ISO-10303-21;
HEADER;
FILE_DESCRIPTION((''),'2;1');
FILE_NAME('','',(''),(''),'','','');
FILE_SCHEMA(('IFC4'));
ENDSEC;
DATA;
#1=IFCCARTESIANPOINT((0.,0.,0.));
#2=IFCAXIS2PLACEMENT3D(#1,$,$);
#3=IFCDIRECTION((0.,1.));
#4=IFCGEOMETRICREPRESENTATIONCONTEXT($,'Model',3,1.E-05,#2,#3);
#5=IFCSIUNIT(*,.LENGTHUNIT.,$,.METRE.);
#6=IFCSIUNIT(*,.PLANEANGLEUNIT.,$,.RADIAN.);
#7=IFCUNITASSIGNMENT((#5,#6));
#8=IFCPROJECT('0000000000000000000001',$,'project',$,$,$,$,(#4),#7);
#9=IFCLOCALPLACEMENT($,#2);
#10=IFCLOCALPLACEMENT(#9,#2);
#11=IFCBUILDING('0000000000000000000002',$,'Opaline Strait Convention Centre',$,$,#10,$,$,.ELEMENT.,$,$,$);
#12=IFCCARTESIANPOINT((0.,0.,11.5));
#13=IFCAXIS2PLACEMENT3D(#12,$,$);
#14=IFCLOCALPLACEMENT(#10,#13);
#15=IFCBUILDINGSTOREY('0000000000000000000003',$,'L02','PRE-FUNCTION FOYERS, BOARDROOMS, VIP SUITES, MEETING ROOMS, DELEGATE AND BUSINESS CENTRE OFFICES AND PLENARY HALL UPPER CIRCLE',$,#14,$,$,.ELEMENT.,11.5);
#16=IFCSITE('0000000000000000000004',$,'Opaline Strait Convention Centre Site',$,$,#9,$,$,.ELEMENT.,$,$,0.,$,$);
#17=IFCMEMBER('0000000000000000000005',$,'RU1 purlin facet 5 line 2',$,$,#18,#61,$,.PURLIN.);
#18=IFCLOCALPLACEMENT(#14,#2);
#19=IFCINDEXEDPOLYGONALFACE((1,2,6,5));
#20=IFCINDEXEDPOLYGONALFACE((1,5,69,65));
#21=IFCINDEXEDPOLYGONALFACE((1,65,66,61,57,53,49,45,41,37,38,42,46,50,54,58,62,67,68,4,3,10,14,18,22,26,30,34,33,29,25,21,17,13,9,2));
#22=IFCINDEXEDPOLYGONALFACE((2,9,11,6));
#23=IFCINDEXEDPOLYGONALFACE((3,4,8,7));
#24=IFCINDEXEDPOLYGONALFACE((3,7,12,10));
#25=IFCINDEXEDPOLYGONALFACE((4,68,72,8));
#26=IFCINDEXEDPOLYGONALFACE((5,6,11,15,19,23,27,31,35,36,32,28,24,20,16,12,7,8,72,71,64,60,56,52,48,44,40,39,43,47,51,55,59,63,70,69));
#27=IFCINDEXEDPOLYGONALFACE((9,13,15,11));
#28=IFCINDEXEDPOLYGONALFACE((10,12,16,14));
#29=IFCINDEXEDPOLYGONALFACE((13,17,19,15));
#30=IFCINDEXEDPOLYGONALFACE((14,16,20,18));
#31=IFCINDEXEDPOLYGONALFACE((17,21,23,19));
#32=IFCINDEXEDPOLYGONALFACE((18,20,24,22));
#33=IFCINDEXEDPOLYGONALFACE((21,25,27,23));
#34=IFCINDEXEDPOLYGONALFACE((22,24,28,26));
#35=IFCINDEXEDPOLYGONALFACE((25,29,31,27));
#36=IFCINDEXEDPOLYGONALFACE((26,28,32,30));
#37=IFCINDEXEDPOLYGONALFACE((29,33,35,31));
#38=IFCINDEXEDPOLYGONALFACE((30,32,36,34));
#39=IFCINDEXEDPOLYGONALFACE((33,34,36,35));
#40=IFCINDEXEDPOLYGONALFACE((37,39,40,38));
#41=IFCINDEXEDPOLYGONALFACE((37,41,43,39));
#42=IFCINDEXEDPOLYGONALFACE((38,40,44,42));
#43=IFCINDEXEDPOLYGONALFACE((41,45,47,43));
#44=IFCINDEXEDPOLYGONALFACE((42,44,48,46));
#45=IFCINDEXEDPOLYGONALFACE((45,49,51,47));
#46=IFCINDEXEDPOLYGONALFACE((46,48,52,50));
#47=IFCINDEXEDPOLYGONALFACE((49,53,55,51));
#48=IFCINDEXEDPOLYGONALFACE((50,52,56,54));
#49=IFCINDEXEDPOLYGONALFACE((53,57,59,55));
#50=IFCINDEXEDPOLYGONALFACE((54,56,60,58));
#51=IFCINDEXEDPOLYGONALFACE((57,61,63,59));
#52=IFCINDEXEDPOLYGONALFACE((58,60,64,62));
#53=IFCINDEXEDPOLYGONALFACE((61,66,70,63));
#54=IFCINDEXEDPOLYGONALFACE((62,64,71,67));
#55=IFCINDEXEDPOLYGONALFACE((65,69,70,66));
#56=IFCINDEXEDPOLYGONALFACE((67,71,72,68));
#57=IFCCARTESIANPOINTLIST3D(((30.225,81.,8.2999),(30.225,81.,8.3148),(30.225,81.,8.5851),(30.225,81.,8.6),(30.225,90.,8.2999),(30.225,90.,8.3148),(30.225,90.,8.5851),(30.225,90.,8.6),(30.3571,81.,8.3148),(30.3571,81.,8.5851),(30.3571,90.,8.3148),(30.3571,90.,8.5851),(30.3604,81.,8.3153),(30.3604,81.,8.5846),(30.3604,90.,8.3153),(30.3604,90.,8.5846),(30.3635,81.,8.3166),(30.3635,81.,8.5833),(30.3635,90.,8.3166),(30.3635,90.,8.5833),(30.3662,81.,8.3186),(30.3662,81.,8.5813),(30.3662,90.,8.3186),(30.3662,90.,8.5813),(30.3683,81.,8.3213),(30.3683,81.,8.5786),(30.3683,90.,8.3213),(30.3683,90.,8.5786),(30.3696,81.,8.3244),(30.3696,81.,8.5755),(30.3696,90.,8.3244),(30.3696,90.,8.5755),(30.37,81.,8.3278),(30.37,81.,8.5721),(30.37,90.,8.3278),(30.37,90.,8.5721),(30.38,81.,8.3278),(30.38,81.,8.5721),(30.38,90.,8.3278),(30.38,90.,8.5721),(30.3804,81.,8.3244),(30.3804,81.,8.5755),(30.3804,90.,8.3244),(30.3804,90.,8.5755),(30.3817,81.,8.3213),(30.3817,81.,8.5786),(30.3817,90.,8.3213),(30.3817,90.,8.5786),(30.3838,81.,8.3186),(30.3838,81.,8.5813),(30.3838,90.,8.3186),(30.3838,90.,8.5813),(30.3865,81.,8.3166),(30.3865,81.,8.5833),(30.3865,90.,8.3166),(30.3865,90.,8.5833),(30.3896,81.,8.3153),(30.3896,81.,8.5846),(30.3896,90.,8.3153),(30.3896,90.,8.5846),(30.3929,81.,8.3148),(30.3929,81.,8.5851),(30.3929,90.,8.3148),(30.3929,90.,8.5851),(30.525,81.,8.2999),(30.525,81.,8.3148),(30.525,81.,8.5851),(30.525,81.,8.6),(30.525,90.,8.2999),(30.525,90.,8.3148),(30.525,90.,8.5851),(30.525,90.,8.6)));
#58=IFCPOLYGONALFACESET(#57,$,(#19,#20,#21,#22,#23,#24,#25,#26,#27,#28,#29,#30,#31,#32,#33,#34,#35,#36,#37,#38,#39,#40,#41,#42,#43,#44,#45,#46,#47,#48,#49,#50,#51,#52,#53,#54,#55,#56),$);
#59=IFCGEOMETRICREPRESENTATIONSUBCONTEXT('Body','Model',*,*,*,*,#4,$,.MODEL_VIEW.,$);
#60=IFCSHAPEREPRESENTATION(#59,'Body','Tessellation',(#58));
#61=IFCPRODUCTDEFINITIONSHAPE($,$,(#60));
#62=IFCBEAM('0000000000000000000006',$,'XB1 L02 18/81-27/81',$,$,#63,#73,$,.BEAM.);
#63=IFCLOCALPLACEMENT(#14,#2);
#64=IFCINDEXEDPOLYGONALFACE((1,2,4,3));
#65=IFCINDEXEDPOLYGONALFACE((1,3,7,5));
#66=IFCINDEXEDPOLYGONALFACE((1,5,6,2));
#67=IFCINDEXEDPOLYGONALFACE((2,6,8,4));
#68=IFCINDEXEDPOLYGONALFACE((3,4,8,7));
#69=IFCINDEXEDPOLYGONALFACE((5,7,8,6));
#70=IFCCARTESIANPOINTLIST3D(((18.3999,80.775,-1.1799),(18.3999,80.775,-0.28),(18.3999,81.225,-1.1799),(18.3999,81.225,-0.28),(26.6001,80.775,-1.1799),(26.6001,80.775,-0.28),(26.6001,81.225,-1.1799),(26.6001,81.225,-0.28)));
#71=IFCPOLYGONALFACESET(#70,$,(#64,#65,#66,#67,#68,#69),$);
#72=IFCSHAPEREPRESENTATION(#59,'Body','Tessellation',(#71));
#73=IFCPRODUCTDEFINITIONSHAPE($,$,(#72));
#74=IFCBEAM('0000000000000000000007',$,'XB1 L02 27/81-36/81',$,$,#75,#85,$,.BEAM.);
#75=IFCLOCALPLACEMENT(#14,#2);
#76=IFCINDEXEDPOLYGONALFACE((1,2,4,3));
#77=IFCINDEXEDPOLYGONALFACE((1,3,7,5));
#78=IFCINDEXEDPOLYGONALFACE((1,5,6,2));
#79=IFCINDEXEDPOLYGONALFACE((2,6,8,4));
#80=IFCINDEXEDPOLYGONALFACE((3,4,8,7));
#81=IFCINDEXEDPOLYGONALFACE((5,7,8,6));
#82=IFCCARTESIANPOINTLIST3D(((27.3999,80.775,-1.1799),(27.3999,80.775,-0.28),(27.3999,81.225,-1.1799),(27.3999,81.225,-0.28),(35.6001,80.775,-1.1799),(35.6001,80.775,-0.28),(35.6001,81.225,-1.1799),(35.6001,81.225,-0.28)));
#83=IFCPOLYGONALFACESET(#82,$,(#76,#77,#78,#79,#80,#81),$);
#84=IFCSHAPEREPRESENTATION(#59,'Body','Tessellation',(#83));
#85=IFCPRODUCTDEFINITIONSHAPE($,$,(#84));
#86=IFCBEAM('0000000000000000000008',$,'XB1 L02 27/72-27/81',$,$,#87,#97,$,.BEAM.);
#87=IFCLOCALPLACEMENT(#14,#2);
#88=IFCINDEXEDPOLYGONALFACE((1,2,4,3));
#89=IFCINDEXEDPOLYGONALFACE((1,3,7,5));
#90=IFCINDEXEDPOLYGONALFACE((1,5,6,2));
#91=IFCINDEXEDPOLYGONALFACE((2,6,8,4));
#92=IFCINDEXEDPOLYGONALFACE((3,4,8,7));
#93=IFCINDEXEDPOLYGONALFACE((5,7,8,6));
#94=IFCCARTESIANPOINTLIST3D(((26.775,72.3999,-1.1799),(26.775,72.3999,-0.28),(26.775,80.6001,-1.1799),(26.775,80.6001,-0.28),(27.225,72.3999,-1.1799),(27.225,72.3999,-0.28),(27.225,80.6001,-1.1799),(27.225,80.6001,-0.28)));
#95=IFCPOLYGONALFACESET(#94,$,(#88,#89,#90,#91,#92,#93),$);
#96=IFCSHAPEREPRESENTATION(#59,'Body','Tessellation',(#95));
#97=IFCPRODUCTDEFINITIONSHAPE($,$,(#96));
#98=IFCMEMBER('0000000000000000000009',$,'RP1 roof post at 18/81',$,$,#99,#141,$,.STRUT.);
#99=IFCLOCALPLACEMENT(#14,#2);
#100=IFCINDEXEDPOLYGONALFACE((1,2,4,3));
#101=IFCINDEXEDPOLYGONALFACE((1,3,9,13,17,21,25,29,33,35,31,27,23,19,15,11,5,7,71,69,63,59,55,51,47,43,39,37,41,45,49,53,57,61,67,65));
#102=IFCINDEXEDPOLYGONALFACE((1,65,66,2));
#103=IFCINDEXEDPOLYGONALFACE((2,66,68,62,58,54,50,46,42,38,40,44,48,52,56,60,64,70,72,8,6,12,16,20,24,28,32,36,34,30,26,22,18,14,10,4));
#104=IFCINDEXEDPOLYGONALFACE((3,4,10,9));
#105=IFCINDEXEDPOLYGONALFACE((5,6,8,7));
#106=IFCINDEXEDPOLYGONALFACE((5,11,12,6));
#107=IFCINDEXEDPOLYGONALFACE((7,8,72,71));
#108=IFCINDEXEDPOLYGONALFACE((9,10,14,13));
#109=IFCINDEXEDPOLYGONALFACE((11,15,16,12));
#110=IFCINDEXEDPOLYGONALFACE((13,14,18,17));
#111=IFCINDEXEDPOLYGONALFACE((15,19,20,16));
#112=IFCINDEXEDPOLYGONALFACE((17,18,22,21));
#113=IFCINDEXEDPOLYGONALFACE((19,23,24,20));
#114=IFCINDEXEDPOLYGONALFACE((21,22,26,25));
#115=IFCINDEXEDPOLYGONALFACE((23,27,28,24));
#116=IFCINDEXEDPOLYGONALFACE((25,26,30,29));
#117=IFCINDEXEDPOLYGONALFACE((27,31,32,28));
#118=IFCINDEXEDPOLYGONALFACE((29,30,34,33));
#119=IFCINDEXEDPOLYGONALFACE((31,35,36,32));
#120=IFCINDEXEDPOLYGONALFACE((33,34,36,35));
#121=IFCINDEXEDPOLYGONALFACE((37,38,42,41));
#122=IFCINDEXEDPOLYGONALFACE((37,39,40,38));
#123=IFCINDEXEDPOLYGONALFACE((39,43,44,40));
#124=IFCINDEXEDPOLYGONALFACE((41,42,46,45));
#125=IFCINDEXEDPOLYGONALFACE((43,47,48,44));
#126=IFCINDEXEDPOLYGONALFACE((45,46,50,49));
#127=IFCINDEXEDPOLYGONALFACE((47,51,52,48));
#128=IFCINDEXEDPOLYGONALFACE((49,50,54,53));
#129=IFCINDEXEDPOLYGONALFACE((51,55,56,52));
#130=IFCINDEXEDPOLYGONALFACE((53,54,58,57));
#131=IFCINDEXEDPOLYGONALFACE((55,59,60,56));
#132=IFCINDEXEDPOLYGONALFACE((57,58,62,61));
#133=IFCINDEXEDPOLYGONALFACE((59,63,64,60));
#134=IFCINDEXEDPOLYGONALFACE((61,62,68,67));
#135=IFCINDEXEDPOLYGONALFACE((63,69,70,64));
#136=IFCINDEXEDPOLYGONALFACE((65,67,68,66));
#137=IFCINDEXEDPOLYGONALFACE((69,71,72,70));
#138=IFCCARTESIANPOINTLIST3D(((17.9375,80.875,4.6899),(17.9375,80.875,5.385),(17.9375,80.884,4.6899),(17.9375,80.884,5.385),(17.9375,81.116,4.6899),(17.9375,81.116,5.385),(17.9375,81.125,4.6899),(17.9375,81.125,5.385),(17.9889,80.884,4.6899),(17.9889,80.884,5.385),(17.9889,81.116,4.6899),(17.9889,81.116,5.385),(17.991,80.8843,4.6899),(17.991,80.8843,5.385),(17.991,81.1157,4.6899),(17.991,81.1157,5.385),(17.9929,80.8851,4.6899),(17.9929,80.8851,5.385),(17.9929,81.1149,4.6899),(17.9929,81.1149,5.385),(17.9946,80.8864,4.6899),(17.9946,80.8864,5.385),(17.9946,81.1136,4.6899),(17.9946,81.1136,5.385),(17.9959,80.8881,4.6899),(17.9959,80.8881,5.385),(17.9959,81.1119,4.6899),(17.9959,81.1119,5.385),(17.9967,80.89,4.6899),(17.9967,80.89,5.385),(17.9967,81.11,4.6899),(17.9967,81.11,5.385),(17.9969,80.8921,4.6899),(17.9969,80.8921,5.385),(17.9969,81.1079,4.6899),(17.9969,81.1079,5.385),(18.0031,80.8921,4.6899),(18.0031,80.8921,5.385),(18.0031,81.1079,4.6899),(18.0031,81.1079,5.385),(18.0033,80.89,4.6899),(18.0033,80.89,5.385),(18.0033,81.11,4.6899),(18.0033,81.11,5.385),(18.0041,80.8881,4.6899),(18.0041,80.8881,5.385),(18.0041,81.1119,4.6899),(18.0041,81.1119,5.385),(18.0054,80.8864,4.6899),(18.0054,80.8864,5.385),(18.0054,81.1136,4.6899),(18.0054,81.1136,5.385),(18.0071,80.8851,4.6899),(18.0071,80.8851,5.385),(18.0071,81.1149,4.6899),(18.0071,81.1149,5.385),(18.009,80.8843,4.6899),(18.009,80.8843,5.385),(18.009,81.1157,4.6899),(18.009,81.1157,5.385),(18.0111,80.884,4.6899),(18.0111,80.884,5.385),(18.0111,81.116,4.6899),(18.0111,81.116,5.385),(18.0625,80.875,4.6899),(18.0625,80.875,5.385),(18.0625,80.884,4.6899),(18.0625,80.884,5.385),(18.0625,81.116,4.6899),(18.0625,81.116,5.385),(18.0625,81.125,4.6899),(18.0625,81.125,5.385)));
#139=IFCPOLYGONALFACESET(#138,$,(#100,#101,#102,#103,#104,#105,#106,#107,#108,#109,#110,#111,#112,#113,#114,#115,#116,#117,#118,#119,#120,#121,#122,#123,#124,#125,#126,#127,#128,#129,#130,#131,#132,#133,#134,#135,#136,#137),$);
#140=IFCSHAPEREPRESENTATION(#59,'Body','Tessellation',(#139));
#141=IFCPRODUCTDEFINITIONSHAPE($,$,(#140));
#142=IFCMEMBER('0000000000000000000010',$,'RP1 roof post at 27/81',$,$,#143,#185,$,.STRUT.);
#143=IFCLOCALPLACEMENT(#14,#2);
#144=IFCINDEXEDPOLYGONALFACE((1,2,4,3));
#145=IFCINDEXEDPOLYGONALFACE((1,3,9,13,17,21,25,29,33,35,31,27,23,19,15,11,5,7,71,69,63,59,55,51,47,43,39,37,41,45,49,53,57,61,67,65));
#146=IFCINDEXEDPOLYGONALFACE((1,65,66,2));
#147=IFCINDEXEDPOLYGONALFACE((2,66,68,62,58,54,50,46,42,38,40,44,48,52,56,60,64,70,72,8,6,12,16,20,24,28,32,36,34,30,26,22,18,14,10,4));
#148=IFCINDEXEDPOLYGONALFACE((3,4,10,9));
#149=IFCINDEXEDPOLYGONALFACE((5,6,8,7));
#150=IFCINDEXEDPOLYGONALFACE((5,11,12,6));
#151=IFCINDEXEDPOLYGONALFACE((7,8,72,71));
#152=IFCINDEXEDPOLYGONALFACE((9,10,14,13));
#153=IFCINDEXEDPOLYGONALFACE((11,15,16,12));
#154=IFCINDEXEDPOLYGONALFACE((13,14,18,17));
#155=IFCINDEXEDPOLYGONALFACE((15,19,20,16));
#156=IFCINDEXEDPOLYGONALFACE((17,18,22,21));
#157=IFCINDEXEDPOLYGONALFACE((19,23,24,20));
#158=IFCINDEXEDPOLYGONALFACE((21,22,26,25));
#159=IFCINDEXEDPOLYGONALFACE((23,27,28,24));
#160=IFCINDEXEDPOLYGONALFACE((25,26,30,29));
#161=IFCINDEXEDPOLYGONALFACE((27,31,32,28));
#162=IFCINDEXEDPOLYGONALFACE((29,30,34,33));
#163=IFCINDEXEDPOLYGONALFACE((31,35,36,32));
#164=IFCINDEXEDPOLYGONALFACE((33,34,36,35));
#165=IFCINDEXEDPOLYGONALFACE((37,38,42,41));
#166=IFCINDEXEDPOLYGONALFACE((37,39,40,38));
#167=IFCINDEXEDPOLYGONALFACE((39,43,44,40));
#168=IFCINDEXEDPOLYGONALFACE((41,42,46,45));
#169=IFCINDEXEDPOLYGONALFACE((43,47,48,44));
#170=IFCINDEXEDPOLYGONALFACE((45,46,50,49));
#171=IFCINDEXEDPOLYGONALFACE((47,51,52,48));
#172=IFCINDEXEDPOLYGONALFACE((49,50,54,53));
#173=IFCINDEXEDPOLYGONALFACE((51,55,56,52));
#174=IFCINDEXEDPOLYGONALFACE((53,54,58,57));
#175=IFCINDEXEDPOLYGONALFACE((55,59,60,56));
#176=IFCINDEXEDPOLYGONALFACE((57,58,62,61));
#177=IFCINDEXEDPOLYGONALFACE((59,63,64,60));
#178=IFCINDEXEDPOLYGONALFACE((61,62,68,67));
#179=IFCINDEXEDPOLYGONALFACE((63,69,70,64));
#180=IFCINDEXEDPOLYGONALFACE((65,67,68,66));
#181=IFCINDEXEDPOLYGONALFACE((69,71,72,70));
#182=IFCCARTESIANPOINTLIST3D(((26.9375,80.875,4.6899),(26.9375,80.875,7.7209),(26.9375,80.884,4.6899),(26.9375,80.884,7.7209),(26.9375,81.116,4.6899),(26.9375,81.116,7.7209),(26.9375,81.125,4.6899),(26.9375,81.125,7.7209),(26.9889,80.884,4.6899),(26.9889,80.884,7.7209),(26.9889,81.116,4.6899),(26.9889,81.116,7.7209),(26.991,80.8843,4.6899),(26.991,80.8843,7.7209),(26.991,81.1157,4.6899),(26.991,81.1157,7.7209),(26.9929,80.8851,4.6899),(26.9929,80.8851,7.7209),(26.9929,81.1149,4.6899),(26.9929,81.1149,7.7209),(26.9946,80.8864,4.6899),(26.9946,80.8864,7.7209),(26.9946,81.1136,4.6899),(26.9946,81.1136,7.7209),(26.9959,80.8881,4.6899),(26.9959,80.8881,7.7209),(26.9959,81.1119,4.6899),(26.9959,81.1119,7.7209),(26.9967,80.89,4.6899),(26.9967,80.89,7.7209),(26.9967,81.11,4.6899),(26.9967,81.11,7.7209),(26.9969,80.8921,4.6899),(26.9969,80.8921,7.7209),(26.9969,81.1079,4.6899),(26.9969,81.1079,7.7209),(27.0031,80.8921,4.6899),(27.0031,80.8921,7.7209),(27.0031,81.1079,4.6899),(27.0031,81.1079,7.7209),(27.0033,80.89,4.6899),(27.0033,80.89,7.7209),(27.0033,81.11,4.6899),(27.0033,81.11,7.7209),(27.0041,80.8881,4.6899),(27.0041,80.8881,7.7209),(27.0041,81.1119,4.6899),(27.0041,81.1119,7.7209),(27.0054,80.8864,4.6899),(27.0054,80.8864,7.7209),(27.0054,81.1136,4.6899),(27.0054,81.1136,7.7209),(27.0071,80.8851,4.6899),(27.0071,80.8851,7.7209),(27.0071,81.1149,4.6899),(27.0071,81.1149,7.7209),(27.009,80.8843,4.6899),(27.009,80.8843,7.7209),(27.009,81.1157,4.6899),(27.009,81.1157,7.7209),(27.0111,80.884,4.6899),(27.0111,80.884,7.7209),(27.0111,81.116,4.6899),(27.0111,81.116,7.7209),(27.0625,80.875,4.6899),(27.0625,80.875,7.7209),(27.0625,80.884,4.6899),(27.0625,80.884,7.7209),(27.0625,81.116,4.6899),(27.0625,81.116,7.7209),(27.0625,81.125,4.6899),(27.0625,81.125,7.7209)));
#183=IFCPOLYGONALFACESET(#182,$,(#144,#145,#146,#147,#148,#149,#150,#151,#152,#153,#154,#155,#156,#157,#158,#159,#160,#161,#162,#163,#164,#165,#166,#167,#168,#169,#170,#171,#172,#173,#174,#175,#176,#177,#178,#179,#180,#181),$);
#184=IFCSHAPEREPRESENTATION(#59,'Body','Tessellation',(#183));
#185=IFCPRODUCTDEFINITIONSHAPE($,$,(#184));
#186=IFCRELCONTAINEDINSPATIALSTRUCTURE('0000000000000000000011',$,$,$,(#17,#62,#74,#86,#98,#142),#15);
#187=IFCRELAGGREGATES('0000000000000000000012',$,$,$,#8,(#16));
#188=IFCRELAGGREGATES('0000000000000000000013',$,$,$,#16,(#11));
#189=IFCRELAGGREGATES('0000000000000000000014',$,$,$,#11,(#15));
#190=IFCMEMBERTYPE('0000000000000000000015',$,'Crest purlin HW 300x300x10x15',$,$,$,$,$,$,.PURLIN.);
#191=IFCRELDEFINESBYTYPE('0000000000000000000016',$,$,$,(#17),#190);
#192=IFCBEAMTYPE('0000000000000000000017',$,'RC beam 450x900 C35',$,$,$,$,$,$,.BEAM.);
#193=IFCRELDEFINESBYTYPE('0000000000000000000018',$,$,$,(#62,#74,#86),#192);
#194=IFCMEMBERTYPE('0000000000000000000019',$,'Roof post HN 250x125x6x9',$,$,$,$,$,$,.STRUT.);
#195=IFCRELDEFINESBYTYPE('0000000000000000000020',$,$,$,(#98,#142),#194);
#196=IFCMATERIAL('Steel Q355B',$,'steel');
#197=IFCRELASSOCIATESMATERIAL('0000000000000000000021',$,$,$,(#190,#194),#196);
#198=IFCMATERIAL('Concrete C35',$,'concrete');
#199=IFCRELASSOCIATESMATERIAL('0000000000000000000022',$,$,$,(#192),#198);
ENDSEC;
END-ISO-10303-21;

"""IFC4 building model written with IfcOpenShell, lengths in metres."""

from ifc_helpers import new_model, si_unit, direction, frame, origin, origin_2d, place, context, subcontext, project, spatial, rectangle, i_section, extrude, material, material_profile, profile_set, type_object, element, save


model = new_model("IFC4")

# Units and contexts
model_context = context("Model", 3, precision=1e-05, world=origin(), true_north=direction((0.0, 1.0)))
body_context = subcontext(model_context, "Body", "Model", "MODEL_VIEW")
ifc_project = project(units=[si_unit("LENGTHUNIT", "METRE"), si_unit("PLANEANGLEUNIT", "RADIAN")], contexts=[model_context])

# Site, building, storey
site_placement = place(None, origin())
site = spatial("IfcSite", under=ifc_project, at=site_placement, Name="Opaline Strait Convention Centre Site", CompositionType="ELEMENT", RefElevation=0.0)
building_placement = place(site_placement, origin())
building = spatial("IfcBuilding", under=site, at=building_placement, Name="Opaline Strait Convention Centre", CompositionType="ELEMENT")
storey_placement = place(building_placement, frame((0.0, 0.0, 11.5)))
storey = spatial("IfcBuildingStorey", under=building, at=storey_placement, Name="L02", Description="PRE-FUNCTION FOYERS, BOARDROOMS, VIP SUITES, MEETING ROOMS, DELEGATE AND BUSINESS CENTRE OFFICES AND PLENARY HALL UPPER CIRCLE", CompositionType="ELEMENT", Elevation=11.5)

# Member
ifc_material_1 = material(Name="Steel Q355B", Category="steel")
ifc_material_profile_1 = material_profile(ifc_material_1, i_section(OverallWidth=0.3, OverallDepth=0.3, WebThickness=0.01, FlangeThickness=0.0149, FilletRadius=0.0129, at=origin_2d()), Name="HW 300x300x10x15")
ifc_profile_set_1 = profile_set([ifc_material_profile_1], Name="Steel Q355B")
member_type_1 = type_object("IfcMemberType", Name="Crest purlin HW 300x300x10x15", PredefinedType="PURLIN", material=ifc_profile_set_1)
for number, where, z_axis, x_axis, name in (
    (1, (30.375, 81.0, 8.45), (0.0, 1.0, 0.0), (-1.0, 0.0, 0.0), "RU1 purlin facet 5 line 2"),
):
    element("IfcMember", number, at=place(storey_placement, frame(where, z_axis=z_axis, x_axis=x_axis)), inside=storey, type_object=member_type_1, Name=name, PredefinedType="PURLIN", context=body_context, shape_type="SweptSolid", body=[
        extrude(i_section(OverallWidth=0.3, OverallDepth=0.3, WebThickness=0.01, FlangeThickness=0.0149, FilletRadius=0.0129, at=origin_2d()), origin(), (0.0, 0.0, 1.0), 9.0),
    ])

# Beams
ifc_material_2 = material(Name="Concrete C35", Category="concrete")
ifc_material_profile_2 = material_profile(ifc_material_2, rectangle(XDim=0.45, YDim=0.8999, at=origin_2d()), Name="RC 450x900")
ifc_profile_set_2 = profile_set([ifc_material_profile_2], Name="Concrete C35")
beam_type = type_object("IfcBeamType", Name="RC beam 450x900 C35", PredefinedType="BEAM", material=ifc_profile_set_2)
for number, where, z_axis, x_axis, name in (
    (2, (18.3999, 81.0, -0.73), (1.0, 0.0, 0.0), (0.0, 1.0, 0.0), "XB1 L02 18/81-27/81"),
    (3, (27.3999, 81.0, -0.73), (1.0, 0.0, 0.0), (0.0, 1.0, 0.0), "XB1 L02 27/81-36/81"),
    (4, (27.0, 72.3999, -0.73), (0.0, 1.0, 0.0), (-1.0, 0.0, 0.0), "XB1 L02 27/72-27/81"),
):
    element("IfcBeam", number, at=place(storey_placement, frame(where, z_axis=z_axis, x_axis=x_axis)), inside=storey, type_object=beam_type, Name=name, PredefinedType="BEAM", context=body_context, shape_type="SweptSolid", body=[
        extrude(rectangle(XDim=0.45, YDim=0.8999, at=origin_2d()), origin(), (0.0, 0.0, 1.0), 8.2002),
    ])

# Members
ifc_material_profile_3 = material_profile(ifc_material_1, i_section(OverallWidth=0.125, OverallDepth=0.25, WebThickness=0.0061, FlangeThickness=0.009, FilletRadius=0.0081, at=origin_2d()), Name="HN 250x125x6x9")
ifc_profile_set_3 = profile_set([ifc_material_profile_3], Name="Steel Q355B")
member_type_2 = type_object("IfcMemberType", Name="Roof post HN 250x125x6x9", PredefinedType="STRUT", material=ifc_profile_set_3)
member_1_placement = place(storey_placement, frame((18.0, 81.0, 4.6899), z_axis=(0.0, 0.0, 1.0), x_axis=(1.0, 0.0, 0.0)))
element("IfcMember", 5, at=member_1_placement, inside=storey, type_object=member_type_2, Name="RP1 roof post at 18/81", PredefinedType="STRUT", context=body_context, shape_type="SweptSolid", body=[
    extrude(i_section(OverallWidth=0.125, OverallDepth=0.25, WebThickness=0.0061, FlangeThickness=0.009, FilletRadius=0.0081, at=origin_2d()), origin(), (0.0, 0.0, 1.0), 0.6951),
])
member_2_placement = place(storey_placement, frame((27.0, 81.0, 4.6899), z_axis=(0.0, 0.0, 1.0), x_axis=(1.0, 0.0, 0.0)))
element("IfcMember", 6, at=member_2_placement, inside=storey, type_object=member_type_2, Name="RP1 roof post at 27/81", PredefinedType="STRUT", context=body_context, shape_type="SweptSolid", body=[
    extrude(i_section(OverallWidth=0.125, OverallDepth=0.25, WebThickness=0.0061, FlangeThickness=0.009, FilletRadius=0.0081, at=origin_2d()), origin(), (0.0, 0.0, 1.0), 3.031),
])

save(model, "model.ifc")
